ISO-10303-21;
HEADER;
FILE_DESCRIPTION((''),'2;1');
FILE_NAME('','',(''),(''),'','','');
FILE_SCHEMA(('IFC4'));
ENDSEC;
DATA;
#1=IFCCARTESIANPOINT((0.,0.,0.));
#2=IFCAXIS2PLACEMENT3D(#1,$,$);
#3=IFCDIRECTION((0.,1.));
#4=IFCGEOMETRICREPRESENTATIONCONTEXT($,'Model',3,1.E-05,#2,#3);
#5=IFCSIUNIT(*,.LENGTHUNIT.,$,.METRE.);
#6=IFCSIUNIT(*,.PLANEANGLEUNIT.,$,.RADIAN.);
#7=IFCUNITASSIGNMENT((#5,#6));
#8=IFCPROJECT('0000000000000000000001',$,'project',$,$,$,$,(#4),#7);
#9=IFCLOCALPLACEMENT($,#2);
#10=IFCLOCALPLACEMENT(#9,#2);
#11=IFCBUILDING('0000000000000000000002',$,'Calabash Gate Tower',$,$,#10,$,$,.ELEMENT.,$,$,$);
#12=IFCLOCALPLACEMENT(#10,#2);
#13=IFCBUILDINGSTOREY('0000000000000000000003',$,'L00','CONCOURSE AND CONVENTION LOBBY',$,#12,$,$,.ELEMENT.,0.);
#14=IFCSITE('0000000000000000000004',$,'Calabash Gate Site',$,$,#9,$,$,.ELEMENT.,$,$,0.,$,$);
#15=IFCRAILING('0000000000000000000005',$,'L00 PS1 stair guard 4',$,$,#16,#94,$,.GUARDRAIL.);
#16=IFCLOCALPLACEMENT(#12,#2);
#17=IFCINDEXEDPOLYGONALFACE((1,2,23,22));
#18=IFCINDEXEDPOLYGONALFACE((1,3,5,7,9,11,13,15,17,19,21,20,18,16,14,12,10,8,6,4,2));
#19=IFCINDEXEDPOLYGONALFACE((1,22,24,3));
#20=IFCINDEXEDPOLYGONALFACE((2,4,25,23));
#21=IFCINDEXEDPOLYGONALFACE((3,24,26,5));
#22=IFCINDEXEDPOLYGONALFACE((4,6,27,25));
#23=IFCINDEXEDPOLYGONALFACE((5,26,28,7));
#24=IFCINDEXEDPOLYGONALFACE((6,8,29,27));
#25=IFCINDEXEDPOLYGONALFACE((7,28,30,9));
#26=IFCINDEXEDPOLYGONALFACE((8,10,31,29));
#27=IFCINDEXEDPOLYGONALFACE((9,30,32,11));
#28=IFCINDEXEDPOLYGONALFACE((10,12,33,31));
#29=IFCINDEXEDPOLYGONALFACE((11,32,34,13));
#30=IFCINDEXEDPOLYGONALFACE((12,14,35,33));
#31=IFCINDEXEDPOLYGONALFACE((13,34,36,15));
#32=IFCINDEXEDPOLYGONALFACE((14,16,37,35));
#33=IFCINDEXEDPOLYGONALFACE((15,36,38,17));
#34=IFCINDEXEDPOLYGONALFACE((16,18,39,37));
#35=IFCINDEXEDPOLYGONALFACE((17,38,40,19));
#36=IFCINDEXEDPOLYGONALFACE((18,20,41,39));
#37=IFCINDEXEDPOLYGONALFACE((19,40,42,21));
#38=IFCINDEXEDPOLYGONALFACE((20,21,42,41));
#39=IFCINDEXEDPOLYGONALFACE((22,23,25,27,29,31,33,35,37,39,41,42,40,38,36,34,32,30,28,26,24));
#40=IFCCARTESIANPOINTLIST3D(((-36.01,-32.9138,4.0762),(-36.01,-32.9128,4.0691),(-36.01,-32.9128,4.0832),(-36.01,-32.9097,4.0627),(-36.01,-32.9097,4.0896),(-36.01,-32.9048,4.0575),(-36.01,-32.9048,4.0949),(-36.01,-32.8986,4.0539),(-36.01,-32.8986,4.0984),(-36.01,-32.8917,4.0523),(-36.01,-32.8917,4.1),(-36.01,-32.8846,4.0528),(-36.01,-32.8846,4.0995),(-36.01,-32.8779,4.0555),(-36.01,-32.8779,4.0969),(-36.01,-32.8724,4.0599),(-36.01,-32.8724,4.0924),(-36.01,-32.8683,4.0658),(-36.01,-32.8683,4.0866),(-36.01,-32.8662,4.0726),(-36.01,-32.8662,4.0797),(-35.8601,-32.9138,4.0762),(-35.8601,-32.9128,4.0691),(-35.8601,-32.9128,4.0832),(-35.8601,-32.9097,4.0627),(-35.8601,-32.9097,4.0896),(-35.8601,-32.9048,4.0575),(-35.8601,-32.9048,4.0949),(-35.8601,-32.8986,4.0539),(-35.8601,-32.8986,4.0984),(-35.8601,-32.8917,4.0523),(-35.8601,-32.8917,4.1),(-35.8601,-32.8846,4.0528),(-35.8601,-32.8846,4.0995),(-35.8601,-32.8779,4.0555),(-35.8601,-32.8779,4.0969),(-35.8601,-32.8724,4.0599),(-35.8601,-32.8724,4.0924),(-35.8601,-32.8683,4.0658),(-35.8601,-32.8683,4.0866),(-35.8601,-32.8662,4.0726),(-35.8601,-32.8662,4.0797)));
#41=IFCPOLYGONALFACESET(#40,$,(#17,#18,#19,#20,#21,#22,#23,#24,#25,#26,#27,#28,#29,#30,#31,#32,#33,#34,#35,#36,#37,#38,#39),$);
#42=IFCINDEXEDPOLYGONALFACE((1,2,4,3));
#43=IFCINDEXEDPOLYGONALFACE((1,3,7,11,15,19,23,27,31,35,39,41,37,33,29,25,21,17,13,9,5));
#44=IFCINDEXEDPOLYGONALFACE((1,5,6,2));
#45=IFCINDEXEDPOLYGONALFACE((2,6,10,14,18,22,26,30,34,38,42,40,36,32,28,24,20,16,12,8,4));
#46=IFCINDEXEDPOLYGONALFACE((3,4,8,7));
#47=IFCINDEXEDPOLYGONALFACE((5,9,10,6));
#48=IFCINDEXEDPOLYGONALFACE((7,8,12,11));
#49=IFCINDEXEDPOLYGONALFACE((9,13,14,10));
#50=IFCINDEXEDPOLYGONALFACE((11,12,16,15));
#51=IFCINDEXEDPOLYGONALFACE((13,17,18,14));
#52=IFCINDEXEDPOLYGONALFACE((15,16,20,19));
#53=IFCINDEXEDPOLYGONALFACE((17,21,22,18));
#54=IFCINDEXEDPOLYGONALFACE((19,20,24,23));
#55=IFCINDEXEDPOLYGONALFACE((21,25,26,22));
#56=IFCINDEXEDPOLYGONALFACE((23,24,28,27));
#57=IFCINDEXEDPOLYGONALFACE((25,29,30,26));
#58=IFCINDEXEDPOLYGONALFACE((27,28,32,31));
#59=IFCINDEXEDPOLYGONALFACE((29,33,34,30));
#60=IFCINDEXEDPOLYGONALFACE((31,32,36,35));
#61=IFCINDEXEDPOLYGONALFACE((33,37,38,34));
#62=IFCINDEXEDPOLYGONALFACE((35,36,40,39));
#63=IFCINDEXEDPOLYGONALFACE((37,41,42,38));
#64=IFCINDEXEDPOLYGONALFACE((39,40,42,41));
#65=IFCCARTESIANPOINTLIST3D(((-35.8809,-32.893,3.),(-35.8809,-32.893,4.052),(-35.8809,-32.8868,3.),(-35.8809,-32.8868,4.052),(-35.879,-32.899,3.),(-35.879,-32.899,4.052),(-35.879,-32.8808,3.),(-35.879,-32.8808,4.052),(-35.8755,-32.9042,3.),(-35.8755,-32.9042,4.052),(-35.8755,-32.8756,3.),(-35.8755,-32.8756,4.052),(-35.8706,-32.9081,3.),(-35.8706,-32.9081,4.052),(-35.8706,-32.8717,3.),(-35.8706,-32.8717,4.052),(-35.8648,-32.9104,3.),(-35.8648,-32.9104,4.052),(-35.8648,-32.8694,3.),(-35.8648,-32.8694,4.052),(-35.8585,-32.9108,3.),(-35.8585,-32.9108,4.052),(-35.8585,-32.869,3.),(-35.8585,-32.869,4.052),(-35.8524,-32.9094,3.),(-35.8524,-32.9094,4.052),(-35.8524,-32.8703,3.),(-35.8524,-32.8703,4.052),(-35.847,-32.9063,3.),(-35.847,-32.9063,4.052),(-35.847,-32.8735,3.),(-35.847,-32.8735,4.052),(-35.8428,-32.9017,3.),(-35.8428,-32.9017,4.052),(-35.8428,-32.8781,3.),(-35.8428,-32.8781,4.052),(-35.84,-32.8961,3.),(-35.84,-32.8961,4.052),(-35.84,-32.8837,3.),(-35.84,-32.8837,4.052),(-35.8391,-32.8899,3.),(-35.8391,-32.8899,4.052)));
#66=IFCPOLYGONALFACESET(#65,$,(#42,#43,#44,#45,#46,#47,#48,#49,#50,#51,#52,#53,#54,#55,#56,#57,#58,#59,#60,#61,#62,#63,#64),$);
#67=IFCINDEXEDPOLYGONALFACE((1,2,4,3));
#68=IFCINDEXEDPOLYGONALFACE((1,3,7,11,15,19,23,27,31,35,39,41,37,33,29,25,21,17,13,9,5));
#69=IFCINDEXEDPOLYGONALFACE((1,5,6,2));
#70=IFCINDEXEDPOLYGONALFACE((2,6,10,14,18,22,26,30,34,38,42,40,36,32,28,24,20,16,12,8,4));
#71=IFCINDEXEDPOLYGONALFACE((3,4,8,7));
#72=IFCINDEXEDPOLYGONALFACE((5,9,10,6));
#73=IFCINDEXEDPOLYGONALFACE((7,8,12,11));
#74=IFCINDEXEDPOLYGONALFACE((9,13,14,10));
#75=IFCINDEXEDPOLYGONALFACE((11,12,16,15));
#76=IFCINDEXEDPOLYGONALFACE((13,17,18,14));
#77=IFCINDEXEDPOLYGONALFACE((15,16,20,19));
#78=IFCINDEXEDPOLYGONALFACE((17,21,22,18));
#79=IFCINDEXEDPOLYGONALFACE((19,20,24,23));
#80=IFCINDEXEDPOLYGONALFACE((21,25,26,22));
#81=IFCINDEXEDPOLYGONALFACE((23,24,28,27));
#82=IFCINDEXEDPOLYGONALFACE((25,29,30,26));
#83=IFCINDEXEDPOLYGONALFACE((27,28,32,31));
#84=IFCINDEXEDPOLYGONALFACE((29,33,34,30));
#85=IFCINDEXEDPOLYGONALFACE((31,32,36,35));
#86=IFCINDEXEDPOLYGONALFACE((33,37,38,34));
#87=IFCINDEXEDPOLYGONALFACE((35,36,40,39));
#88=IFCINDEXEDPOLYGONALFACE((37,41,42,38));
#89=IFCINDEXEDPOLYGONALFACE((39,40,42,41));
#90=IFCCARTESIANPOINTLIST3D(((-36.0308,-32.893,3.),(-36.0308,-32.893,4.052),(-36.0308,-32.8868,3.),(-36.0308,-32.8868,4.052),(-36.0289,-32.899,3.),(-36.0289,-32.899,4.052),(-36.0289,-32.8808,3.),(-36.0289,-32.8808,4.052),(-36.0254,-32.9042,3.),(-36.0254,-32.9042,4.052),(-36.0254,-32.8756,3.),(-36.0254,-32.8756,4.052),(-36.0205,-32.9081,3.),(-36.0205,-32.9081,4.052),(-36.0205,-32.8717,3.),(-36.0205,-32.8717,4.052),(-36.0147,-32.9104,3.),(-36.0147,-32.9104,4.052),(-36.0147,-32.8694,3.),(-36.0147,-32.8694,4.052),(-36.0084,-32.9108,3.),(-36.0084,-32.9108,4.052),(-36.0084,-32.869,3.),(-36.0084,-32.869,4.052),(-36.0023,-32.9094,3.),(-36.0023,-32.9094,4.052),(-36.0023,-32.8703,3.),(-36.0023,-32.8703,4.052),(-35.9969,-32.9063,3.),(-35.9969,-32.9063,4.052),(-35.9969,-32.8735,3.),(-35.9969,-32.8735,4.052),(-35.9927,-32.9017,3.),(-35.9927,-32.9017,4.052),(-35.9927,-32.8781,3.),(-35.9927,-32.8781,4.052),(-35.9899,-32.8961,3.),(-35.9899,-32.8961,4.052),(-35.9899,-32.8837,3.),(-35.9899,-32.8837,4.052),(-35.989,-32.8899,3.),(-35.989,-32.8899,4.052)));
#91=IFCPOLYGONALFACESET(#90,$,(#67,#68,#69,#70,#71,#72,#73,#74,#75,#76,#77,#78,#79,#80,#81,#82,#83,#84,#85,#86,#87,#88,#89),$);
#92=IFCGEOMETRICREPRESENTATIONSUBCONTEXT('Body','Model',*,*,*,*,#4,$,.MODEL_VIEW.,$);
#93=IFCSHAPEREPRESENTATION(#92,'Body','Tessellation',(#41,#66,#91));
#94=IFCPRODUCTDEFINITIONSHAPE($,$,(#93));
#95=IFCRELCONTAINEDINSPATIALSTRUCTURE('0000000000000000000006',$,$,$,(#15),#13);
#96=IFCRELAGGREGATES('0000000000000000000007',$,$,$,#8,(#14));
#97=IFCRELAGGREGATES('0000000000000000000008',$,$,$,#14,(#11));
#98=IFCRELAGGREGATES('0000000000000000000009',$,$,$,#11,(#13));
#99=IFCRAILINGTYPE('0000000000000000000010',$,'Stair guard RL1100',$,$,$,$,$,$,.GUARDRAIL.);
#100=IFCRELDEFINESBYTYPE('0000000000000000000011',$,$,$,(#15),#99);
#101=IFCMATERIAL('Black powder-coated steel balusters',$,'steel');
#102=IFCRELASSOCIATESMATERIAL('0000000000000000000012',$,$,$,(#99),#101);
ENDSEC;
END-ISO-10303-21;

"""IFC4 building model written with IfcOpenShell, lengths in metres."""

from ifc_helpers import new_model, si_unit, direction, frame, origin, origin_2d, place, context, subcontext, project, spatial, circle, extrude, material, type_object, element, save


model = new_model("IFC4")

# Units and contexts
model_context = context("Model", 3, precision=1e-05, world=origin(), true_north=direction((0.0, 1.0)))
body_context = subcontext(model_context, "Body", "Model", "MODEL_VIEW")
ifc_project = project(units=[si_unit("LENGTHUNIT", "METRE"), si_unit("PLANEANGLEUNIT", "RADIAN")], contexts=[model_context])

# Site, building, storey
site_placement = place(None, origin())
site = spatial("IfcSite", under=ifc_project, at=site_placement, Name="Calabash Gate Site", CompositionType="ELEMENT", RefElevation=0.0)
building_placement = place(site_placement, origin())
building = spatial("IfcBuilding", under=site, at=building_placement, Name="Calabash Gate Tower", CompositionType="ELEMENT")
storey_placement = place(building_placement, origin())
storey = spatial("IfcBuildingStorey", under=building, at=storey_placement, Name="L00", Description="CONCOURSE AND CONVENTION LOBBY", CompositionType="ELEMENT", Elevation=0.0)

# Railing
ifc_material_1 = material(Name="Black powder-coated steel balusters", Category="steel")
railing_type_1 = type_object("IfcRailingType", Name="Stair guard RL1100", PredefinedType="GUARDRAIL", material=ifc_material_1)
railing_1_placement = place(storey_placement, frame((-35.8601, -32.8899, 3.0)))
element("IfcRailing", 1, at=railing_1_placement, inside=storey, type_object=railing_type_1, Name="L00 PS1 stair guard 4", PredefinedType="GUARDRAIL", context=body_context, shape_type="SweptSolid", body=[
    extrude(circle(Radius=0.0239, at=origin_2d()), frame((0.0, 0.0, 1.0762), z_axis=(-1.0, 0.0, 0.0), x_axis=(0.0, -1.0, 0.0)), (0.0, 0.0, 1.0), 0.1499),
    extrude(circle(Radius=0.021, at=origin_2d()), origin(), (0.0, 0.0, 1.0), 1.052),
    extrude(circle(Radius=0.021, at=origin_2d()), frame((-0.1499, 0.0, 0.0)), (0.0, 0.0, 1.0), 1.052),
])

save(model, "model.ifc")
